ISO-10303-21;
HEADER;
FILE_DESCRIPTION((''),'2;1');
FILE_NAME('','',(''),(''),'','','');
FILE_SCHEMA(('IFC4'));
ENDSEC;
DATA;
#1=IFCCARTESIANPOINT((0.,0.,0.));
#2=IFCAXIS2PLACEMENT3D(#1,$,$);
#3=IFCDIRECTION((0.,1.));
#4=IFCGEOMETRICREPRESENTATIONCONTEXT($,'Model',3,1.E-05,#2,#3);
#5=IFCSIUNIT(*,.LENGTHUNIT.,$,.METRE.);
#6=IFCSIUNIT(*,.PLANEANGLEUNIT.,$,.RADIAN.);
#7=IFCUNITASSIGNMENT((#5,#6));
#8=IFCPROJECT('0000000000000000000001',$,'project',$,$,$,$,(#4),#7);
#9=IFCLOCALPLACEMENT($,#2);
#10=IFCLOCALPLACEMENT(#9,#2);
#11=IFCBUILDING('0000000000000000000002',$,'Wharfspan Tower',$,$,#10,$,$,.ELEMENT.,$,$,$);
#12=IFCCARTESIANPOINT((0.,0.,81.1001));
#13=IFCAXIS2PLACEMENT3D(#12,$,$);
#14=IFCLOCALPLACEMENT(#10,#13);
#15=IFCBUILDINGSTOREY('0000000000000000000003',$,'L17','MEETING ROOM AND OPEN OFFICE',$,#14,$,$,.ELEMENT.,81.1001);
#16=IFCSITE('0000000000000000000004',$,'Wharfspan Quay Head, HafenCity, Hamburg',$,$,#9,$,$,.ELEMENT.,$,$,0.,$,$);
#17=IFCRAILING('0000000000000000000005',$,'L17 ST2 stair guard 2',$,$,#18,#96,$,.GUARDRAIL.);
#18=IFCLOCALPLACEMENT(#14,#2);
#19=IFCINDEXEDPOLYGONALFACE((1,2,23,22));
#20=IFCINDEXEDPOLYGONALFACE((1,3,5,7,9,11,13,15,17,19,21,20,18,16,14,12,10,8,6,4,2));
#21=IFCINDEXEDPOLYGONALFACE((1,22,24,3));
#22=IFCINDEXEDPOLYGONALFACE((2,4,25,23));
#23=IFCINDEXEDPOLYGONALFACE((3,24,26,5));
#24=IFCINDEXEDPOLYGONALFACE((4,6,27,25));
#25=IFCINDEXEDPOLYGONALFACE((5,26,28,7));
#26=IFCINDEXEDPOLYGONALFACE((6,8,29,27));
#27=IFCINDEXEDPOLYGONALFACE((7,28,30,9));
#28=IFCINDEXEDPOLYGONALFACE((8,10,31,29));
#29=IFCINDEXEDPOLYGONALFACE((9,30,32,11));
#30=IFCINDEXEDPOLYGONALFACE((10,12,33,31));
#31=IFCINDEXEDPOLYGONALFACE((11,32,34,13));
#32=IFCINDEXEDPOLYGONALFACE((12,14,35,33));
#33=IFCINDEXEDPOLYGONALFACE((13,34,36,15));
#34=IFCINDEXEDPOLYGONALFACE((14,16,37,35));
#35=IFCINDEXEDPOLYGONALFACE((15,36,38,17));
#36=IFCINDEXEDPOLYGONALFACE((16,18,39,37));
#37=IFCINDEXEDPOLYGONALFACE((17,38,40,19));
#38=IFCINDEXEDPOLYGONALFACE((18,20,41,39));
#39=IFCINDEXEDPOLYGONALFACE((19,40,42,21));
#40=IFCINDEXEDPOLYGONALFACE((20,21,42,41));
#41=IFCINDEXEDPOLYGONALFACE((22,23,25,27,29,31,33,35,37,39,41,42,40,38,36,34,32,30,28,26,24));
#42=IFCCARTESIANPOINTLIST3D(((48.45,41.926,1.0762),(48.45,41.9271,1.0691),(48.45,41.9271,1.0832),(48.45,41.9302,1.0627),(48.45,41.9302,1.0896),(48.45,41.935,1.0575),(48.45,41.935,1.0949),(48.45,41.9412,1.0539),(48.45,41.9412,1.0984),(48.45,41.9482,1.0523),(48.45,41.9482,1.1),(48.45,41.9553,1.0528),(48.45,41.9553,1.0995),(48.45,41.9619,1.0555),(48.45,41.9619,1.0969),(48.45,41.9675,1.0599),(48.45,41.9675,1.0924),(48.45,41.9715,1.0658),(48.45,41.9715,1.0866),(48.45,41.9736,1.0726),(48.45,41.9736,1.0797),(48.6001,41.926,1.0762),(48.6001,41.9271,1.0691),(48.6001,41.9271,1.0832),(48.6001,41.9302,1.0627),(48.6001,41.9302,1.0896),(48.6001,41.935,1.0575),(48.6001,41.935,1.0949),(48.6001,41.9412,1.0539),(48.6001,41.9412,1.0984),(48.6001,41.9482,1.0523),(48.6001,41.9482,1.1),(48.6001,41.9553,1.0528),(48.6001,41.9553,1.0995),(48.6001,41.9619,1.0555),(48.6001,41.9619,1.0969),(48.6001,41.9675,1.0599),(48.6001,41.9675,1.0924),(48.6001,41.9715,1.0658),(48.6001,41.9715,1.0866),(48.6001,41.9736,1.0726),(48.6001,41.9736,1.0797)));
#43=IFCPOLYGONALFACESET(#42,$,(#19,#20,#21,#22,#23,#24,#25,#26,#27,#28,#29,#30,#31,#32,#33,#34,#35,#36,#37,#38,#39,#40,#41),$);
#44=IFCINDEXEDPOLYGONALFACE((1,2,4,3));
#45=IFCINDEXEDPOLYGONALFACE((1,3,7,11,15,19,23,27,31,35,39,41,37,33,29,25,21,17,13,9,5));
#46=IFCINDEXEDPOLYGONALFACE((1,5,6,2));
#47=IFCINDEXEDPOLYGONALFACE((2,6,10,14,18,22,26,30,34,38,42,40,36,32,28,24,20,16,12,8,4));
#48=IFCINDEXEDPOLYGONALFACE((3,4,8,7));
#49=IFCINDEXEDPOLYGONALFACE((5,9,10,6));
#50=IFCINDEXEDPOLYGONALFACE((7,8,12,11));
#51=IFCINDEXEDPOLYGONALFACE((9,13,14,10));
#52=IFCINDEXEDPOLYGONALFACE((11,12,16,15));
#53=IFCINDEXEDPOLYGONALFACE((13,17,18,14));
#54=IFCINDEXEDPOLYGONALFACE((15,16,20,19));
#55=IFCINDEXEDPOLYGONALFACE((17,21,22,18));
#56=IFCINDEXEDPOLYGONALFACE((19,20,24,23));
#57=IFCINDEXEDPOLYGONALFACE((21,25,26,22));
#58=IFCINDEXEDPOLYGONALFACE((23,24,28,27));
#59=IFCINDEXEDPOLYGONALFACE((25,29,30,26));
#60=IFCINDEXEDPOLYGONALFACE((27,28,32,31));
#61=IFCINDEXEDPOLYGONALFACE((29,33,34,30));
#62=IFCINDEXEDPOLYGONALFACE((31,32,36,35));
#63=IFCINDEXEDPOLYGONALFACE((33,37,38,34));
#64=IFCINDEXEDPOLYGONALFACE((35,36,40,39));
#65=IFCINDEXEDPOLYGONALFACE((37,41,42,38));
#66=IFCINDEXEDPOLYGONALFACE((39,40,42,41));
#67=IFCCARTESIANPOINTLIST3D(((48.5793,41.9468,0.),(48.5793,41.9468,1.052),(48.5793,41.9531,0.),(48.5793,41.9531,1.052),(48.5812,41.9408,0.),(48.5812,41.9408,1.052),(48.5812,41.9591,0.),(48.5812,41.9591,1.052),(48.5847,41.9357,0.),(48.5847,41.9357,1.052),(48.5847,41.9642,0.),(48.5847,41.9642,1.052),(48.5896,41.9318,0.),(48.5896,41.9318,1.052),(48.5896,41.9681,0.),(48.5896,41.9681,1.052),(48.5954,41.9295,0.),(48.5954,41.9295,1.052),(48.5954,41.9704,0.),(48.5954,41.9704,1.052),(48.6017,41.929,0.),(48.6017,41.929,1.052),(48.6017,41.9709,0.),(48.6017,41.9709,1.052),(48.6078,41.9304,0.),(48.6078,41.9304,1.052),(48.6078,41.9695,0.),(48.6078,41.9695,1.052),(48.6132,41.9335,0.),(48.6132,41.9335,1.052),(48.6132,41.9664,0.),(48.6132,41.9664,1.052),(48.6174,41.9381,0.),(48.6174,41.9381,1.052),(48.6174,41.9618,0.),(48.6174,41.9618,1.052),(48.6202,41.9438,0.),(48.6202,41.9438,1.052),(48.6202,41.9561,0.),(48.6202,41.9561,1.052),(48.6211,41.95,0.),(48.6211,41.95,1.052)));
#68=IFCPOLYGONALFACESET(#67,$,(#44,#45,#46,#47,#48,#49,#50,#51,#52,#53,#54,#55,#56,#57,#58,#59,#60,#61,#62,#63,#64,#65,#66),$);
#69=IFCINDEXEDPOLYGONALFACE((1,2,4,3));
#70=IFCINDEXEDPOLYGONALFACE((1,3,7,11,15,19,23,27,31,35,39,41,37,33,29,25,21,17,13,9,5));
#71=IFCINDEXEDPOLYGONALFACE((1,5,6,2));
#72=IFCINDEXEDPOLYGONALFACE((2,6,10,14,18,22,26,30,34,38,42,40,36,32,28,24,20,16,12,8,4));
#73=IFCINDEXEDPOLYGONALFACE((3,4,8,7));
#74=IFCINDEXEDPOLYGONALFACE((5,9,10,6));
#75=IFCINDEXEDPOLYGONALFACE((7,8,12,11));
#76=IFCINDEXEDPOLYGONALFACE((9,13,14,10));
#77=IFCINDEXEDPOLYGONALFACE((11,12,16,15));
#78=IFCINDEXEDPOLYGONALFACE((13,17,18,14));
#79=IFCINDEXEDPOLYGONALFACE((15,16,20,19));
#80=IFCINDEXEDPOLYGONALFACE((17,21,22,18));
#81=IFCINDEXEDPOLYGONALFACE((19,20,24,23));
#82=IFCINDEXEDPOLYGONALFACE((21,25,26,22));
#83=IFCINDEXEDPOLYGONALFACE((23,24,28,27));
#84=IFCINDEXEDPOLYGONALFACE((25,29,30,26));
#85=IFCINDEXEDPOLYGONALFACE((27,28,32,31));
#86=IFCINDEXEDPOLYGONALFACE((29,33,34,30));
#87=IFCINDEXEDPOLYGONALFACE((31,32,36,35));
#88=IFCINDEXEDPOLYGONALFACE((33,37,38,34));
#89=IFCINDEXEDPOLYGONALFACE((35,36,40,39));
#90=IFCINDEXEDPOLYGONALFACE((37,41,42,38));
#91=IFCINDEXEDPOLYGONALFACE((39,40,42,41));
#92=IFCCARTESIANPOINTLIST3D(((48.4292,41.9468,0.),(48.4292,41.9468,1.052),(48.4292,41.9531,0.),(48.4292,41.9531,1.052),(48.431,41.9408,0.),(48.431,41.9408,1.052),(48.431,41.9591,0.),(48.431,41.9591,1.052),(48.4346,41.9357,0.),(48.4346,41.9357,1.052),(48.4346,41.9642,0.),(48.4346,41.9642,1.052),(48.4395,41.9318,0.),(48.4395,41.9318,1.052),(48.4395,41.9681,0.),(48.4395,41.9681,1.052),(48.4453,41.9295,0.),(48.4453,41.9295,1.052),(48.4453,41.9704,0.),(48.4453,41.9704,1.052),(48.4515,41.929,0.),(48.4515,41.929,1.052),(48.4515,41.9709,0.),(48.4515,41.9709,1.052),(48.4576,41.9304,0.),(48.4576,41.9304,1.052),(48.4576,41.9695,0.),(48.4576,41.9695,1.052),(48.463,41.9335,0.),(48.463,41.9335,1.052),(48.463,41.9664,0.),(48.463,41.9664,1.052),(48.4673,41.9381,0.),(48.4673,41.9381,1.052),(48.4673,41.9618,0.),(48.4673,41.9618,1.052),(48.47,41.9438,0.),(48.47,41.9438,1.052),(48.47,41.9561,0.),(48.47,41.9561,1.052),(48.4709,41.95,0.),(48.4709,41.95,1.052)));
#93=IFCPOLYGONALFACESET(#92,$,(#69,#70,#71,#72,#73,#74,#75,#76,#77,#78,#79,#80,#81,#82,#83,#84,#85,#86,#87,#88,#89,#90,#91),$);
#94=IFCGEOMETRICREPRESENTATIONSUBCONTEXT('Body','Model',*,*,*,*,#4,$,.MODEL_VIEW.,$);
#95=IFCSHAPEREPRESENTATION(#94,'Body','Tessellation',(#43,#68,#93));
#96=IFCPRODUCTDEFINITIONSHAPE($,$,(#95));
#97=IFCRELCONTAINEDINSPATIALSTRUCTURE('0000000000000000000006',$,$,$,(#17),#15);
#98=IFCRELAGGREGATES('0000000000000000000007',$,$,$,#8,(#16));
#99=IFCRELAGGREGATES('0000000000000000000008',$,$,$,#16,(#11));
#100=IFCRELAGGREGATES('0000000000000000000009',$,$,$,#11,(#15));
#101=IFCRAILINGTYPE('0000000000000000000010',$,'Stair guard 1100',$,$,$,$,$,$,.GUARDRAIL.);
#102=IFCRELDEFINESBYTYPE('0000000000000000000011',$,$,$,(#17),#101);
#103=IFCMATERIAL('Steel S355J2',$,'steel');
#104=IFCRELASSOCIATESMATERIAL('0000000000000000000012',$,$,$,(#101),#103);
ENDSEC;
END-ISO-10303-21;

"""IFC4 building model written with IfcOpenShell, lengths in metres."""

from ifc_helpers import new_model, si_unit, direction, frame, origin, origin_2d, place, context, subcontext, project, spatial, circle, extrude, material, type_object, element, save


model = new_model("IFC4")

# Units and contexts
model_context = context("Model", 3, precision=1e-05, world=origin(), true_north=direction((0.0, 1.0)))
body_context = subcontext(model_context, "Body", "Model", "MODEL_VIEW")
ifc_project = project(units=[si_unit("LENGTHUNIT", "METRE"), si_unit("PLANEANGLEUNIT", "RADIAN")], contexts=[model_context])

# Site, building, storey
site_placement = place(None, origin())
site = spatial("IfcSite", under=ifc_project, at=site_placement, Name="Wharfspan Quay Head, HafenCity, Hamburg", CompositionType="ELEMENT", RefElevation=0.0)
building_placement = place(site_placement, origin())
building = spatial("IfcBuilding", under=site, at=building_placement, Name="Wharfspan Tower", CompositionType="ELEMENT")
storey_placement = place(building_placement, frame((0.0, 0.0, 81.1001)))
storey = spatial("IfcBuildingStorey", under=building, at=storey_placement, Name="L17", Description="MEETING ROOM AND OPEN OFFICE", CompositionType="ELEMENT", Elevation=81.1001)

# Shared definitions
ifc_material_1 = material(Name="Steel S355J2", Category="steel")

# Railing
railing_type_1 = type_object("IfcRailingType", Name="Stair guard 1100", PredefinedType="GUARDRAIL", material=ifc_material_1)
railing_1_placement = place(storey_placement, frame((48.6001, 41.95, 0.0)))
element("IfcRailing", 1, at=railing_1_placement, inside=storey, type_object=railing_type_1, Name="L17 ST2 stair guard 2", PredefinedType="GUARDRAIL", context=body_context, shape_type="SweptSolid", body=[
    extrude(circle(Radius=0.0239, at=origin_2d()), frame((0.0, 0.0, 1.0762), z_axis=(-1.0, 0.0, 0.0), x_axis=(0.0, -1.0, 0.0)), (0.0, 0.0, 1.0), 0.1501),
    extrude(circle(Radius=0.021, at=origin_2d()), origin(), (0.0, 0.0, 1.0), 1.052),
    extrude(circle(Radius=0.021, at=origin_2d()), frame((-0.1501, 0.0, 0.0)), (0.0, 0.0, 1.0), 1.052),
])

save(model, "model.ifc")
